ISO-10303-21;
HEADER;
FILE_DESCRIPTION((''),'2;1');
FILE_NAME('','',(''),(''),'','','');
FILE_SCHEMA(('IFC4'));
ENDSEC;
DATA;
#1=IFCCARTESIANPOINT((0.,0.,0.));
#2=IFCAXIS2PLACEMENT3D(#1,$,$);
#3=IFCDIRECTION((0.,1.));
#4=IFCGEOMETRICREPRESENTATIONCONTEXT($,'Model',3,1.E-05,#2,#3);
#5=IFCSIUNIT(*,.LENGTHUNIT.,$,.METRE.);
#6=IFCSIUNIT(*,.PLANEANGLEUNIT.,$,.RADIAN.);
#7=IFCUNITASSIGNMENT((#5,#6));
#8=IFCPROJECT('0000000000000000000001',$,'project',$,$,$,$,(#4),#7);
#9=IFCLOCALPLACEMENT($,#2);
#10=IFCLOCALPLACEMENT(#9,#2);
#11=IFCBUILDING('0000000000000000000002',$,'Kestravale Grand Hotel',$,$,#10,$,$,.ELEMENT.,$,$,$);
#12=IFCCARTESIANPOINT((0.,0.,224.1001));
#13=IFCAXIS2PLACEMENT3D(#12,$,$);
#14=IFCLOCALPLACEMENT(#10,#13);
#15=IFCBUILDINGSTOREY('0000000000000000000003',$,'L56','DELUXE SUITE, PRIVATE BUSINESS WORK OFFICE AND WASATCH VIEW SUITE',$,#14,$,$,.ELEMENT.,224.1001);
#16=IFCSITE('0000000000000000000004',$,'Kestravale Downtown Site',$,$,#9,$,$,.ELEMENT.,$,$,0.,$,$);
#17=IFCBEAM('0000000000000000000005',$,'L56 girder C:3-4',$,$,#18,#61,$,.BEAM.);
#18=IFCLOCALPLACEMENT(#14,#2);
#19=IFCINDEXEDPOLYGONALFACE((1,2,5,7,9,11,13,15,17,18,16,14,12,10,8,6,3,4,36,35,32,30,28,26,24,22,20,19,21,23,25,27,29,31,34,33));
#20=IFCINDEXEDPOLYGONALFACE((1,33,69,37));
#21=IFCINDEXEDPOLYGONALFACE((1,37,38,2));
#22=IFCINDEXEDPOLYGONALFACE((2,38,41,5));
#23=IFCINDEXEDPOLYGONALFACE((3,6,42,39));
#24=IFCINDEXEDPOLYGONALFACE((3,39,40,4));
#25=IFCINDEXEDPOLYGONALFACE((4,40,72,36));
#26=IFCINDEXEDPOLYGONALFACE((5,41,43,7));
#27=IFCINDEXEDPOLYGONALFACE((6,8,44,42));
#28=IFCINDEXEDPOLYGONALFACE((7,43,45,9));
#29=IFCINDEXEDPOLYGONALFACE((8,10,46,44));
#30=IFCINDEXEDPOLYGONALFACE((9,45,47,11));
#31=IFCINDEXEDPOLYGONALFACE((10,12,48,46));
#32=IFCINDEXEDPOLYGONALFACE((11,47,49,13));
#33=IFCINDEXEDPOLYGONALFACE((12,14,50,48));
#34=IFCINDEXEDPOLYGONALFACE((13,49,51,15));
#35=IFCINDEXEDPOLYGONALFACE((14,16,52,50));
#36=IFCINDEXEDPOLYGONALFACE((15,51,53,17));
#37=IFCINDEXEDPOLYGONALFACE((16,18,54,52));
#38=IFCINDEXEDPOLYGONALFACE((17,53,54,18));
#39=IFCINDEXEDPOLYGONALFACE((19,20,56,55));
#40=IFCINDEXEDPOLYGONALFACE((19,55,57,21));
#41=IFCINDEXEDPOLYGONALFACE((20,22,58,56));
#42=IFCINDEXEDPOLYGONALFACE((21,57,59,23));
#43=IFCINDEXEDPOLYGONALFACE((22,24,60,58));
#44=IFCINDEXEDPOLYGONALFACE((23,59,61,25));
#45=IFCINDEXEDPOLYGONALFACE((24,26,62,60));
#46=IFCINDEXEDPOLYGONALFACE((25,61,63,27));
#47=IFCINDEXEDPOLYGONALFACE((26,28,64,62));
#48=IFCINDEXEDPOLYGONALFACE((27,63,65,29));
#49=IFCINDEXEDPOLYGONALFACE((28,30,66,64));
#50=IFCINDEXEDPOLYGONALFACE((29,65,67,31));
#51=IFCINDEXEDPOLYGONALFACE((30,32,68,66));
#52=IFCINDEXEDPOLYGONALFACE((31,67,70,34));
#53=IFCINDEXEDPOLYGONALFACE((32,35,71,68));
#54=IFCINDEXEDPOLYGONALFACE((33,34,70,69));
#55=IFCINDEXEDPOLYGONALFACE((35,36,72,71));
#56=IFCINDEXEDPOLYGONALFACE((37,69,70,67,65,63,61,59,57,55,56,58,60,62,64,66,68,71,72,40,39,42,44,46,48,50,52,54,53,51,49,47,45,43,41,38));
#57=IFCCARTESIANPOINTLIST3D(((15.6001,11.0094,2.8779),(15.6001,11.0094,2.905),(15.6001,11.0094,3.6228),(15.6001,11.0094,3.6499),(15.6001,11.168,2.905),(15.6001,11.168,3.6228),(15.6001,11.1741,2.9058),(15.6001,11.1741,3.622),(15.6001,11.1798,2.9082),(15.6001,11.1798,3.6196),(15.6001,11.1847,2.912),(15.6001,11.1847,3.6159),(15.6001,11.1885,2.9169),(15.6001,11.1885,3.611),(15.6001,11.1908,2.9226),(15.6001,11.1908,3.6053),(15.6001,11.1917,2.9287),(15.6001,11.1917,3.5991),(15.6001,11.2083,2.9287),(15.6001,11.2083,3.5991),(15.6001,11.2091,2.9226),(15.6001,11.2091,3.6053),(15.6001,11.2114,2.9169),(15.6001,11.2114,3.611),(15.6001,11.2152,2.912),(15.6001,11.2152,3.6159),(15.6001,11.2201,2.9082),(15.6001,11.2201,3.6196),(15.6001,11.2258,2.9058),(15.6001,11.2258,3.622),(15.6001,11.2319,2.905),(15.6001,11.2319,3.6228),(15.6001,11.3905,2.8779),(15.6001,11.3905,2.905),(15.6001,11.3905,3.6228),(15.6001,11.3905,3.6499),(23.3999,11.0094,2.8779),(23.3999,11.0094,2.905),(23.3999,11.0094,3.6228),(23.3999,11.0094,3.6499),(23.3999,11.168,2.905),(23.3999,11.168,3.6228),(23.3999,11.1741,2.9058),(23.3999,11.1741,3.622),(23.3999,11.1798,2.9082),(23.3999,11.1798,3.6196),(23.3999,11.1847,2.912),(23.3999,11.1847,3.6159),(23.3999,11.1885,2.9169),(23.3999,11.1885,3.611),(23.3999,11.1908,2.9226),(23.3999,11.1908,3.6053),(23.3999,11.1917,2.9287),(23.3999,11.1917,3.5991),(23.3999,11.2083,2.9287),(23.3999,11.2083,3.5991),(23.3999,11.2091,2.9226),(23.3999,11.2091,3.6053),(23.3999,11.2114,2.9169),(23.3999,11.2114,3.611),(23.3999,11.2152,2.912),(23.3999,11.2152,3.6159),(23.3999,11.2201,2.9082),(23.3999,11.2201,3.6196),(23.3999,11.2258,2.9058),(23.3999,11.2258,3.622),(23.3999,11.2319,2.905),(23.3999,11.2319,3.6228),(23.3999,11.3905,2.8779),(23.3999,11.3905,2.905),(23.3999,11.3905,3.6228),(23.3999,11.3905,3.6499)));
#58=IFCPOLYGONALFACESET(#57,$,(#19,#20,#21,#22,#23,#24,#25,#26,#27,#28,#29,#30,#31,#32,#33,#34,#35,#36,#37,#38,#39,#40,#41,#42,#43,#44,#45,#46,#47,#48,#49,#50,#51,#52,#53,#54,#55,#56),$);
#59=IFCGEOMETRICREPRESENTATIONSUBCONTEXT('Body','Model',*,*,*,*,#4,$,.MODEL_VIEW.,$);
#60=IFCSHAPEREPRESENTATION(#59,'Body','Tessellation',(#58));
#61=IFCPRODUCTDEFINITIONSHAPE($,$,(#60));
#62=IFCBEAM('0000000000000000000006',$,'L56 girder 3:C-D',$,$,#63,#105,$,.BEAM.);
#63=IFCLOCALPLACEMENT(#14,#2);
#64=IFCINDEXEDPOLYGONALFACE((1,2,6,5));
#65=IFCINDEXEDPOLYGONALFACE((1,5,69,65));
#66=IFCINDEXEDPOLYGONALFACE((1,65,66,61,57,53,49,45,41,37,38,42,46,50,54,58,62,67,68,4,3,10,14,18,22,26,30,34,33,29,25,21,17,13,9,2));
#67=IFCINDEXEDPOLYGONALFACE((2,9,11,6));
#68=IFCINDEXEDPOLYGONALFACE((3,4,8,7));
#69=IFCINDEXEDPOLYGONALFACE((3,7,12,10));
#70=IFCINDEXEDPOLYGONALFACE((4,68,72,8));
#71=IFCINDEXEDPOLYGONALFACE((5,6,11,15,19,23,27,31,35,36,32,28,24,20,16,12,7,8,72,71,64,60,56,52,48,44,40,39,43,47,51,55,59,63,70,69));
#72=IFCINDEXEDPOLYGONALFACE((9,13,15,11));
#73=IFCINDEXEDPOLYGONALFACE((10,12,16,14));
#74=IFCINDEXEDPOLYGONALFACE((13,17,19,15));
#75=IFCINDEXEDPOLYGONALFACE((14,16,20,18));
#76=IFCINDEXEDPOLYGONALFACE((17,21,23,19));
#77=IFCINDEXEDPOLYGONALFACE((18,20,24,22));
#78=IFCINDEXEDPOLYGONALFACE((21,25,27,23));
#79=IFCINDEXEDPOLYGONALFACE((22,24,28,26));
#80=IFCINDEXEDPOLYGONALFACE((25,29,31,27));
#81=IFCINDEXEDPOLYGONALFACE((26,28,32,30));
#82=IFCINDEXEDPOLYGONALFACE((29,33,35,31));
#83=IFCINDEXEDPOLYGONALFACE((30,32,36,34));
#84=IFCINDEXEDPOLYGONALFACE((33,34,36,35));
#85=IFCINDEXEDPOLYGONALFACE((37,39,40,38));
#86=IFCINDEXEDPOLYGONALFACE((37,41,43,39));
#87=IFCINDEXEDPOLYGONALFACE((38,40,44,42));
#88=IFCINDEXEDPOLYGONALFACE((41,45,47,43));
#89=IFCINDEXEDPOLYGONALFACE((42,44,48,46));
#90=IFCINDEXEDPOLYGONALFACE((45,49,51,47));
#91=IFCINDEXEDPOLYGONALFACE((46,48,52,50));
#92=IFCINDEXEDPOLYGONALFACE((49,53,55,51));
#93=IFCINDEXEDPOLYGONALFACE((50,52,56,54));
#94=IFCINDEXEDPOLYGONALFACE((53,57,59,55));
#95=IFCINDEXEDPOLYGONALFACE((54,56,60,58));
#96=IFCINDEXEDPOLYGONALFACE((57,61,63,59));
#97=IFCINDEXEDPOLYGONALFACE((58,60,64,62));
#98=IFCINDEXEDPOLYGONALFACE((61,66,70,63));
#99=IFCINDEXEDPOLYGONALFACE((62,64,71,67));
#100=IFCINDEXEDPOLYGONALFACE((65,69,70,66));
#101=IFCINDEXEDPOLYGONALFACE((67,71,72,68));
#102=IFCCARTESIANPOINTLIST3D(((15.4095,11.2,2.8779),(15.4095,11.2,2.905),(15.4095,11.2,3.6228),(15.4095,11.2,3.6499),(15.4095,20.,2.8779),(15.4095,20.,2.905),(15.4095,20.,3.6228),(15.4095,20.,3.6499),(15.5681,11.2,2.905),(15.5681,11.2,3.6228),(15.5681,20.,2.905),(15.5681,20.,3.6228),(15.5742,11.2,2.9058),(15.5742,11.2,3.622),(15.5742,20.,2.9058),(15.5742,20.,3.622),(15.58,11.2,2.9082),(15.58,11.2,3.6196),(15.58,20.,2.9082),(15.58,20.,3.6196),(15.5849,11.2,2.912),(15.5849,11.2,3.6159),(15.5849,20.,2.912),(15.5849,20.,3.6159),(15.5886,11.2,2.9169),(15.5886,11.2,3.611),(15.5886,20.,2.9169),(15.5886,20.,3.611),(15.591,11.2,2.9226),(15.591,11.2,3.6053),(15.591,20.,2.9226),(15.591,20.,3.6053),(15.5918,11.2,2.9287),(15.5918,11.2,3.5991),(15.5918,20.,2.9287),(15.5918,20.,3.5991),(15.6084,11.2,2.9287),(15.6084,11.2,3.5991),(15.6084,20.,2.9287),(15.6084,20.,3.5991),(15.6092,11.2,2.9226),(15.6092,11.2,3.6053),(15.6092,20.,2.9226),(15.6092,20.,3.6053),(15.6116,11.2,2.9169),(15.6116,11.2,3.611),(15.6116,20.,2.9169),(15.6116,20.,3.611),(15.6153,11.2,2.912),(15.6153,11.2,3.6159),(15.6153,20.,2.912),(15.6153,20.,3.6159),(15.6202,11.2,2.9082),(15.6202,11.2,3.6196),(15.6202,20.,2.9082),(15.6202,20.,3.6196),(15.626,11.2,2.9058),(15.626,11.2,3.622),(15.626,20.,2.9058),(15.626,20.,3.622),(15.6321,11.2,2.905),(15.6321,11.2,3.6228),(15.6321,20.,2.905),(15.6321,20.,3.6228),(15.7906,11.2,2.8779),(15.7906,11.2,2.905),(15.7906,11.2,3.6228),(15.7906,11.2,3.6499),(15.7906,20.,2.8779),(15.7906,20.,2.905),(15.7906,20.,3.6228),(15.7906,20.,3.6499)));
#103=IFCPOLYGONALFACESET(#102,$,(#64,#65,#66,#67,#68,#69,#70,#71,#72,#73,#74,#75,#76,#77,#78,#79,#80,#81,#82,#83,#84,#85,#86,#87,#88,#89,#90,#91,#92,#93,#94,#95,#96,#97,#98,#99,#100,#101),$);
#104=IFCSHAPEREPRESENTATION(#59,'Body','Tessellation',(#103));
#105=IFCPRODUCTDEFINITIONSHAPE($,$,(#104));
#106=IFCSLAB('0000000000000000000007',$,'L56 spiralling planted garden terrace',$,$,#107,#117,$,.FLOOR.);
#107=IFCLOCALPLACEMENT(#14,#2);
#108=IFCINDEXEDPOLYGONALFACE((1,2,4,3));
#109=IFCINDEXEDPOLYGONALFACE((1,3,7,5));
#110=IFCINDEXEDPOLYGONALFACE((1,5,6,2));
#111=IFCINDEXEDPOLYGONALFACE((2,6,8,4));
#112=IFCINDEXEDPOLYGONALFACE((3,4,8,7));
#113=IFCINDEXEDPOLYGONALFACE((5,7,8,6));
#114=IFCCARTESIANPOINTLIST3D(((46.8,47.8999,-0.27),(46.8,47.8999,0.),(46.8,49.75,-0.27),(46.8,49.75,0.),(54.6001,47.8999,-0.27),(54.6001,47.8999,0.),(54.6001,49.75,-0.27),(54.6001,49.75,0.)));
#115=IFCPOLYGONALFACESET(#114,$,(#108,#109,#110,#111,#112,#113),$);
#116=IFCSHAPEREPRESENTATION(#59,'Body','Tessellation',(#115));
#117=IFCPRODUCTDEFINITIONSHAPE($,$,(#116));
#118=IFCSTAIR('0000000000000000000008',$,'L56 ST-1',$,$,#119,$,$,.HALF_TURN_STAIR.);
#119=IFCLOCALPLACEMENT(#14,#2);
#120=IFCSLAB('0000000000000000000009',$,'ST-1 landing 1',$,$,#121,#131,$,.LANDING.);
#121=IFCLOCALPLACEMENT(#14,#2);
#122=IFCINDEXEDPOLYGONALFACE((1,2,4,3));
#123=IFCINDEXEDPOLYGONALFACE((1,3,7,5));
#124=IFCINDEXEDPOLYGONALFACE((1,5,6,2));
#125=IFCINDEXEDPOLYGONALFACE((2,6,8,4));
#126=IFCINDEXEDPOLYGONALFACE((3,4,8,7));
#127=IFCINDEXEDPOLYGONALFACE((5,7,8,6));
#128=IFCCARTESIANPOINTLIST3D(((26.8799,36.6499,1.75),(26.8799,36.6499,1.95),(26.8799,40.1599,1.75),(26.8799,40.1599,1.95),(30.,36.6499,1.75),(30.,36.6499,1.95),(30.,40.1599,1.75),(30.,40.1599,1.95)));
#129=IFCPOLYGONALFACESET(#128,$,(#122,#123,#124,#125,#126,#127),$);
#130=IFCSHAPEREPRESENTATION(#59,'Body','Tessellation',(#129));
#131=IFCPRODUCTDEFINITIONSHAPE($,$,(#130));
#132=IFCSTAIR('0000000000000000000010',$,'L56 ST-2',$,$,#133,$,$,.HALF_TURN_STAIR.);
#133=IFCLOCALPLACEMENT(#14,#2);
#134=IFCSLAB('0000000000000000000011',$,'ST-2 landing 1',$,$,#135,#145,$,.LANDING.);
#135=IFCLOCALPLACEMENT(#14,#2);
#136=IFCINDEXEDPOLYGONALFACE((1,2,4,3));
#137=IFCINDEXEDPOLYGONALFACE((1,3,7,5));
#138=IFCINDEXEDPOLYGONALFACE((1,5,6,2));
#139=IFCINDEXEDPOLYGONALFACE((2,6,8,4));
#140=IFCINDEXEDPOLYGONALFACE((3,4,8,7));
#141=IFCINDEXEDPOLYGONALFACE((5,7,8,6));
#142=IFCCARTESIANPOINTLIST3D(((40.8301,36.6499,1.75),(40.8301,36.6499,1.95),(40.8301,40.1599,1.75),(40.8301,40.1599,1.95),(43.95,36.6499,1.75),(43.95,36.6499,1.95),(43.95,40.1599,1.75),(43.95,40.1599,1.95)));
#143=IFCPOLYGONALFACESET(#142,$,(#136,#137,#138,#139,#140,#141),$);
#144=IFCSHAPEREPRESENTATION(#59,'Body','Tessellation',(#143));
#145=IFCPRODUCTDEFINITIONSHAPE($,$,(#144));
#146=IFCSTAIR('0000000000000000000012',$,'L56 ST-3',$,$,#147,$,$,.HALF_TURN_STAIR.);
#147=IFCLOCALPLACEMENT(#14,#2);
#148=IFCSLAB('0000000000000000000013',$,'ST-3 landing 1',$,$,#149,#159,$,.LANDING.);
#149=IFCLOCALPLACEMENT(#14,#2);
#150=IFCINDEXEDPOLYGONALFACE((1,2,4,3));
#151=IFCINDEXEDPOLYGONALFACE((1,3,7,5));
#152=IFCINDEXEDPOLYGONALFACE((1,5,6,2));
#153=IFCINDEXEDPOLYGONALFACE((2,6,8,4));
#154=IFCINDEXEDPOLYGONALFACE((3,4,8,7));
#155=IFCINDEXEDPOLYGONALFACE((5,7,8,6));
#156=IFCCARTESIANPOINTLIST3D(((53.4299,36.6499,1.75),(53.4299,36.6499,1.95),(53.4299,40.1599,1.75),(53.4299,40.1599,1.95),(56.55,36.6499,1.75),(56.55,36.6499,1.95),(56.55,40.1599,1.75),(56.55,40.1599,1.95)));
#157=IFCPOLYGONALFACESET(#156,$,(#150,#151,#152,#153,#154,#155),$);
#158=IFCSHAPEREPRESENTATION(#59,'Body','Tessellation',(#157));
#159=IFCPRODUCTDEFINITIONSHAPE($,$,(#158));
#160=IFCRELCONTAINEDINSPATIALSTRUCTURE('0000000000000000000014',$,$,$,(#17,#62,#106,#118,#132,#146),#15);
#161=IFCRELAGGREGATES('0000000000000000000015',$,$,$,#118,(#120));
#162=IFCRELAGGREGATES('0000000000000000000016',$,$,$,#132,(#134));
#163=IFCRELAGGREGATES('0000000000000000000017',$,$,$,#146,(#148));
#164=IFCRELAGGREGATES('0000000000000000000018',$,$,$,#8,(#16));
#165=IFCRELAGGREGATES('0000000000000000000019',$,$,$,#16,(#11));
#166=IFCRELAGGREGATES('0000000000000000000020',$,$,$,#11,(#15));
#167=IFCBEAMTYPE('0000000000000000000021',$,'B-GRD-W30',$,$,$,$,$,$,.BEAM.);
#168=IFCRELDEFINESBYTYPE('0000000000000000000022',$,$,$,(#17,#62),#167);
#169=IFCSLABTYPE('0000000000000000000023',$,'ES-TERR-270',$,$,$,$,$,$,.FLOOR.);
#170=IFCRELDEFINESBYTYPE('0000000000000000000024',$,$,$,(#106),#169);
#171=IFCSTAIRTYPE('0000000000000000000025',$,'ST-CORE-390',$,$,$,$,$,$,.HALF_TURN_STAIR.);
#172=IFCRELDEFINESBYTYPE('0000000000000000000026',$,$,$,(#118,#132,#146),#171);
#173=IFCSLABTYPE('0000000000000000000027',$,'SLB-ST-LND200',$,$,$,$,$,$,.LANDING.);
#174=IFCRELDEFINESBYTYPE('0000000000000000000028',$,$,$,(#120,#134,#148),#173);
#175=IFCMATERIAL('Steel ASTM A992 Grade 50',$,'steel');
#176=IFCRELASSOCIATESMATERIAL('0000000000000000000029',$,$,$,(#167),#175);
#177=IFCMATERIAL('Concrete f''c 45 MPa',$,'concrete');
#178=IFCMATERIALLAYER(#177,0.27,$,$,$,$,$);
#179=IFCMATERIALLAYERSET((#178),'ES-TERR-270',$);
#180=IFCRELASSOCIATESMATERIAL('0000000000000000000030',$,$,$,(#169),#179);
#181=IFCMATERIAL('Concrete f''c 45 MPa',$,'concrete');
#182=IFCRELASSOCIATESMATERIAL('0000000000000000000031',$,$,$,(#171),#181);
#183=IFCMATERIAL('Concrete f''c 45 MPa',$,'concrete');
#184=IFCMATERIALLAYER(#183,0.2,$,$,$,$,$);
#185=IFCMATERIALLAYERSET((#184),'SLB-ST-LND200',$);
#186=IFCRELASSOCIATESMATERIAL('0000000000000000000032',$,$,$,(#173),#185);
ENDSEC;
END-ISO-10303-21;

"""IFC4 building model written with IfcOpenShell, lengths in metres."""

from ifc_helpers import new_model, si_unit, direction, frame, origin, origin_2d, place, context, subcontext, project, spatial, polyline, i_section, outline, extrude, material, layer, layer_set, material_profile, profile_set, type_object, element, aggregate, save


model = new_model("IFC4")

# Units and contexts
model_context = context("Model", 3, precision=1e-05, world=origin(), true_north=direction((0.0, 1.0)))
body_context = subcontext(model_context, "Body", "Model", "MODEL_VIEW")
ifc_project = project(units=[si_unit("LENGTHUNIT", "METRE"), si_unit("PLANEANGLEUNIT", "RADIAN")], contexts=[model_context])

# Site, building, storey
site_placement = place(None, origin())
site = spatial("IfcSite", under=ifc_project, at=site_placement, Name="Kestravale Downtown Site", CompositionType="ELEMENT", RefElevation=0.0)
building_placement = place(site_placement, origin())
building = spatial("IfcBuilding", under=site, at=building_placement, Name="Kestravale Grand Hotel", CompositionType="ELEMENT")
storey_placement = place(building_placement, frame((0.0, 0.0, 224.1001)))
storey = spatial("IfcBuildingStorey", under=building, at=storey_placement, Name="L56", Description="DELUXE SUITE, PRIVATE BUSINESS WORK OFFICE AND WASATCH VIEW SUITE", CompositionType="ELEMENT", Elevation=224.1001)

# Beams
ifc_material_1 = material(Name="Steel ASTM A992 Grade 50", Category="steel")
ifc_material_profile_1 = material_profile(ifc_material_1, i_section(OverallWidth=0.3811, OverallDepth=0.772, WebThickness=0.0166, FlangeThickness=0.0271, FilletRadius=0.0237, at=origin_2d()))
ifc_profile_set_1 = profile_set([ifc_material_profile_1], Name="Steel ASTM A992 Grade 50")
beam_type_1 = type_object("IfcBeamType", Name="B-GRD-W30", PredefinedType="BEAM", material=ifc_profile_set_1)
beam_1_placement = place(storey_placement, frame((15.6001, 11.2, 3.2639), z_axis=(1.0, 0.0, 0.0), x_axis=(0.0, 1.0, 0.0)))
element("IfcBeam", 1, at=beam_1_placement, inside=storey, type_object=beam_type_1, Name="L56 girder C:3-4", PredefinedType="BEAM", context=body_context, shape_type="SweptSolid", body=[
    extrude(i_section(OverallWidth=0.3811, OverallDepth=0.772, WebThickness=0.0166, FlangeThickness=0.0271, FilletRadius=0.0237, at=origin_2d()), origin(), (0.0, 0.0, 1.0), 7.7998),
])
beam_2_placement = place(storey_placement, frame((15.6001, 11.2, 3.2639), z_axis=(0.0, 1.0, 0.0), x_axis=(-1.0, 0.0, 0.0)))
element("IfcBeam", 2, at=beam_2_placement, inside=storey, type_object=beam_type_1, Name="L56 girder 3:C-D", PredefinedType="BEAM", context=body_context, shape_type="SweptSolid", body=[
    extrude(i_section(OverallWidth=0.3811, OverallDepth=0.772, WebThickness=0.0166, FlangeThickness=0.0271, FilletRadius=0.0237, at=origin_2d()), origin(), (0.0, 0.0, 1.0), 8.8),
])

# Slab
ifc_material_2 = material(Name="Concrete f'c 45 MPa", Category="concrete")
ifc_layer_1 = layer(ifc_material_2, 0.27)
ifc_layer_set_1 = layer_set([ifc_layer_1], Name="ES-TERR-270")
slab_type_1 = type_object("IfcSlabType", Name="ES-TERR-270", PredefinedType="FLOOR", material=ifc_layer_set_1)
slab_1_placement = place(storey_placement, frame((0.0, 0.0, -0.27)))
element("IfcSlab", 3, at=slab_1_placement, inside=storey, type_object=slab_type_1, Name="L56 spiralling planted garden terrace", PredefinedType="FLOOR", context=body_context, shape_type="SweptSolid", body=[
    extrude(outline(polyline([(46.8, 47.8999), (54.6001, 47.8999), (54.6001, 49.75), (46.8, 49.75), (46.8, 47.8999)])), origin(), (0.0, 0.0, 1.0), 0.27),
])

# Stairs, slabs
ifc_material_3 = material(Name="Concrete f'c 45 MPa", Category="concrete")
stair_type = type_object("IfcStairType", Name="ST-CORE-390", PredefinedType="HALF_TURN_STAIR", material=ifc_material_3)
stair_1_placement = place(storey_placement, origin())
stair_1 = element("IfcStair", 4, at=stair_1_placement, inside=storey, type_object=stair_type, Name="L56 ST-1", PredefinedType="HALF_TURN_STAIR")
ifc_material_4 = material(Name="Concrete f'c 45 MPa", Category="concrete")
ifc_layer_2 = layer(ifc_material_4, 0.2)
ifc_layer_set_2 = layer_set([ifc_layer_2], Name="SLB-ST-LND200")
slab_type_2 = type_object("IfcSlabType", Name="SLB-ST-LND200", PredefinedType="LANDING", material=ifc_layer_set_2)
slab_2_placement = place(storey_placement, frame((0.0, 0.0, 1.75)))
slab_2 = element("IfcSlab", 5, at=slab_2_placement, type_object=slab_type_2, Name="ST-1 landing 1", PredefinedType="LANDING", context=body_context, shape_type="SweptSolid", body=[
    extrude(outline(polyline([(26.8799, 36.6499), (30.0, 36.6499), (30.0, 40.1599), (26.8799, 40.1599), (26.8799, 36.6499)])), origin(), (0.0, 0.0, 1.0), 0.2),
])
aggregate(stair_1, [slab_2])
stair_2_placement = place(storey_placement, origin())
stair_2 = element("IfcStair", 6, at=stair_2_placement, inside=storey, type_object=stair_type, Name="L56 ST-2", PredefinedType="HALF_TURN_STAIR")
slab_3_placement = place(storey_placement, frame((0.0, 0.0, 1.75)))
slab_3 = element("IfcSlab", 7, at=slab_3_placement, type_object=slab_type_2, Name="ST-2 landing 1", PredefinedType="LANDING", context=body_context, shape_type="SweptSolid", body=[
    extrude(outline(polyline([(40.8301, 36.6499), (43.95, 36.6499), (43.95, 40.1599), (40.8301, 40.1599), (40.8301, 36.6499)])), origin(), (0.0, 0.0, 1.0), 0.2),
])
aggregate(stair_2, [slab_3])
stair_3_placement = place(storey_placement, origin())
stair_3 = element("IfcStair", 8, at=stair_3_placement, inside=storey, type_object=stair_type, Name="L56 ST-3", PredefinedType="HALF_TURN_STAIR")
slab_4_placement = place(storey_placement, frame((0.0, 0.0, 1.75)))
slab_4 = element("IfcSlab", 9, at=slab_4_placement, type_object=slab_type_2, Name="ST-3 landing 1", PredefinedType="LANDING", context=body_context, shape_type="SweptSolid", body=[
    extrude(outline(polyline([(53.4299, 36.6499), (56.55, 36.6499), (56.55, 40.1599), (53.4299, 40.1599), (53.4299, 36.6499)])), origin(), (0.0, 0.0, 1.0), 0.2),
])
aggregate(stair_3, [slab_4])

save(model, "model.ifc")
